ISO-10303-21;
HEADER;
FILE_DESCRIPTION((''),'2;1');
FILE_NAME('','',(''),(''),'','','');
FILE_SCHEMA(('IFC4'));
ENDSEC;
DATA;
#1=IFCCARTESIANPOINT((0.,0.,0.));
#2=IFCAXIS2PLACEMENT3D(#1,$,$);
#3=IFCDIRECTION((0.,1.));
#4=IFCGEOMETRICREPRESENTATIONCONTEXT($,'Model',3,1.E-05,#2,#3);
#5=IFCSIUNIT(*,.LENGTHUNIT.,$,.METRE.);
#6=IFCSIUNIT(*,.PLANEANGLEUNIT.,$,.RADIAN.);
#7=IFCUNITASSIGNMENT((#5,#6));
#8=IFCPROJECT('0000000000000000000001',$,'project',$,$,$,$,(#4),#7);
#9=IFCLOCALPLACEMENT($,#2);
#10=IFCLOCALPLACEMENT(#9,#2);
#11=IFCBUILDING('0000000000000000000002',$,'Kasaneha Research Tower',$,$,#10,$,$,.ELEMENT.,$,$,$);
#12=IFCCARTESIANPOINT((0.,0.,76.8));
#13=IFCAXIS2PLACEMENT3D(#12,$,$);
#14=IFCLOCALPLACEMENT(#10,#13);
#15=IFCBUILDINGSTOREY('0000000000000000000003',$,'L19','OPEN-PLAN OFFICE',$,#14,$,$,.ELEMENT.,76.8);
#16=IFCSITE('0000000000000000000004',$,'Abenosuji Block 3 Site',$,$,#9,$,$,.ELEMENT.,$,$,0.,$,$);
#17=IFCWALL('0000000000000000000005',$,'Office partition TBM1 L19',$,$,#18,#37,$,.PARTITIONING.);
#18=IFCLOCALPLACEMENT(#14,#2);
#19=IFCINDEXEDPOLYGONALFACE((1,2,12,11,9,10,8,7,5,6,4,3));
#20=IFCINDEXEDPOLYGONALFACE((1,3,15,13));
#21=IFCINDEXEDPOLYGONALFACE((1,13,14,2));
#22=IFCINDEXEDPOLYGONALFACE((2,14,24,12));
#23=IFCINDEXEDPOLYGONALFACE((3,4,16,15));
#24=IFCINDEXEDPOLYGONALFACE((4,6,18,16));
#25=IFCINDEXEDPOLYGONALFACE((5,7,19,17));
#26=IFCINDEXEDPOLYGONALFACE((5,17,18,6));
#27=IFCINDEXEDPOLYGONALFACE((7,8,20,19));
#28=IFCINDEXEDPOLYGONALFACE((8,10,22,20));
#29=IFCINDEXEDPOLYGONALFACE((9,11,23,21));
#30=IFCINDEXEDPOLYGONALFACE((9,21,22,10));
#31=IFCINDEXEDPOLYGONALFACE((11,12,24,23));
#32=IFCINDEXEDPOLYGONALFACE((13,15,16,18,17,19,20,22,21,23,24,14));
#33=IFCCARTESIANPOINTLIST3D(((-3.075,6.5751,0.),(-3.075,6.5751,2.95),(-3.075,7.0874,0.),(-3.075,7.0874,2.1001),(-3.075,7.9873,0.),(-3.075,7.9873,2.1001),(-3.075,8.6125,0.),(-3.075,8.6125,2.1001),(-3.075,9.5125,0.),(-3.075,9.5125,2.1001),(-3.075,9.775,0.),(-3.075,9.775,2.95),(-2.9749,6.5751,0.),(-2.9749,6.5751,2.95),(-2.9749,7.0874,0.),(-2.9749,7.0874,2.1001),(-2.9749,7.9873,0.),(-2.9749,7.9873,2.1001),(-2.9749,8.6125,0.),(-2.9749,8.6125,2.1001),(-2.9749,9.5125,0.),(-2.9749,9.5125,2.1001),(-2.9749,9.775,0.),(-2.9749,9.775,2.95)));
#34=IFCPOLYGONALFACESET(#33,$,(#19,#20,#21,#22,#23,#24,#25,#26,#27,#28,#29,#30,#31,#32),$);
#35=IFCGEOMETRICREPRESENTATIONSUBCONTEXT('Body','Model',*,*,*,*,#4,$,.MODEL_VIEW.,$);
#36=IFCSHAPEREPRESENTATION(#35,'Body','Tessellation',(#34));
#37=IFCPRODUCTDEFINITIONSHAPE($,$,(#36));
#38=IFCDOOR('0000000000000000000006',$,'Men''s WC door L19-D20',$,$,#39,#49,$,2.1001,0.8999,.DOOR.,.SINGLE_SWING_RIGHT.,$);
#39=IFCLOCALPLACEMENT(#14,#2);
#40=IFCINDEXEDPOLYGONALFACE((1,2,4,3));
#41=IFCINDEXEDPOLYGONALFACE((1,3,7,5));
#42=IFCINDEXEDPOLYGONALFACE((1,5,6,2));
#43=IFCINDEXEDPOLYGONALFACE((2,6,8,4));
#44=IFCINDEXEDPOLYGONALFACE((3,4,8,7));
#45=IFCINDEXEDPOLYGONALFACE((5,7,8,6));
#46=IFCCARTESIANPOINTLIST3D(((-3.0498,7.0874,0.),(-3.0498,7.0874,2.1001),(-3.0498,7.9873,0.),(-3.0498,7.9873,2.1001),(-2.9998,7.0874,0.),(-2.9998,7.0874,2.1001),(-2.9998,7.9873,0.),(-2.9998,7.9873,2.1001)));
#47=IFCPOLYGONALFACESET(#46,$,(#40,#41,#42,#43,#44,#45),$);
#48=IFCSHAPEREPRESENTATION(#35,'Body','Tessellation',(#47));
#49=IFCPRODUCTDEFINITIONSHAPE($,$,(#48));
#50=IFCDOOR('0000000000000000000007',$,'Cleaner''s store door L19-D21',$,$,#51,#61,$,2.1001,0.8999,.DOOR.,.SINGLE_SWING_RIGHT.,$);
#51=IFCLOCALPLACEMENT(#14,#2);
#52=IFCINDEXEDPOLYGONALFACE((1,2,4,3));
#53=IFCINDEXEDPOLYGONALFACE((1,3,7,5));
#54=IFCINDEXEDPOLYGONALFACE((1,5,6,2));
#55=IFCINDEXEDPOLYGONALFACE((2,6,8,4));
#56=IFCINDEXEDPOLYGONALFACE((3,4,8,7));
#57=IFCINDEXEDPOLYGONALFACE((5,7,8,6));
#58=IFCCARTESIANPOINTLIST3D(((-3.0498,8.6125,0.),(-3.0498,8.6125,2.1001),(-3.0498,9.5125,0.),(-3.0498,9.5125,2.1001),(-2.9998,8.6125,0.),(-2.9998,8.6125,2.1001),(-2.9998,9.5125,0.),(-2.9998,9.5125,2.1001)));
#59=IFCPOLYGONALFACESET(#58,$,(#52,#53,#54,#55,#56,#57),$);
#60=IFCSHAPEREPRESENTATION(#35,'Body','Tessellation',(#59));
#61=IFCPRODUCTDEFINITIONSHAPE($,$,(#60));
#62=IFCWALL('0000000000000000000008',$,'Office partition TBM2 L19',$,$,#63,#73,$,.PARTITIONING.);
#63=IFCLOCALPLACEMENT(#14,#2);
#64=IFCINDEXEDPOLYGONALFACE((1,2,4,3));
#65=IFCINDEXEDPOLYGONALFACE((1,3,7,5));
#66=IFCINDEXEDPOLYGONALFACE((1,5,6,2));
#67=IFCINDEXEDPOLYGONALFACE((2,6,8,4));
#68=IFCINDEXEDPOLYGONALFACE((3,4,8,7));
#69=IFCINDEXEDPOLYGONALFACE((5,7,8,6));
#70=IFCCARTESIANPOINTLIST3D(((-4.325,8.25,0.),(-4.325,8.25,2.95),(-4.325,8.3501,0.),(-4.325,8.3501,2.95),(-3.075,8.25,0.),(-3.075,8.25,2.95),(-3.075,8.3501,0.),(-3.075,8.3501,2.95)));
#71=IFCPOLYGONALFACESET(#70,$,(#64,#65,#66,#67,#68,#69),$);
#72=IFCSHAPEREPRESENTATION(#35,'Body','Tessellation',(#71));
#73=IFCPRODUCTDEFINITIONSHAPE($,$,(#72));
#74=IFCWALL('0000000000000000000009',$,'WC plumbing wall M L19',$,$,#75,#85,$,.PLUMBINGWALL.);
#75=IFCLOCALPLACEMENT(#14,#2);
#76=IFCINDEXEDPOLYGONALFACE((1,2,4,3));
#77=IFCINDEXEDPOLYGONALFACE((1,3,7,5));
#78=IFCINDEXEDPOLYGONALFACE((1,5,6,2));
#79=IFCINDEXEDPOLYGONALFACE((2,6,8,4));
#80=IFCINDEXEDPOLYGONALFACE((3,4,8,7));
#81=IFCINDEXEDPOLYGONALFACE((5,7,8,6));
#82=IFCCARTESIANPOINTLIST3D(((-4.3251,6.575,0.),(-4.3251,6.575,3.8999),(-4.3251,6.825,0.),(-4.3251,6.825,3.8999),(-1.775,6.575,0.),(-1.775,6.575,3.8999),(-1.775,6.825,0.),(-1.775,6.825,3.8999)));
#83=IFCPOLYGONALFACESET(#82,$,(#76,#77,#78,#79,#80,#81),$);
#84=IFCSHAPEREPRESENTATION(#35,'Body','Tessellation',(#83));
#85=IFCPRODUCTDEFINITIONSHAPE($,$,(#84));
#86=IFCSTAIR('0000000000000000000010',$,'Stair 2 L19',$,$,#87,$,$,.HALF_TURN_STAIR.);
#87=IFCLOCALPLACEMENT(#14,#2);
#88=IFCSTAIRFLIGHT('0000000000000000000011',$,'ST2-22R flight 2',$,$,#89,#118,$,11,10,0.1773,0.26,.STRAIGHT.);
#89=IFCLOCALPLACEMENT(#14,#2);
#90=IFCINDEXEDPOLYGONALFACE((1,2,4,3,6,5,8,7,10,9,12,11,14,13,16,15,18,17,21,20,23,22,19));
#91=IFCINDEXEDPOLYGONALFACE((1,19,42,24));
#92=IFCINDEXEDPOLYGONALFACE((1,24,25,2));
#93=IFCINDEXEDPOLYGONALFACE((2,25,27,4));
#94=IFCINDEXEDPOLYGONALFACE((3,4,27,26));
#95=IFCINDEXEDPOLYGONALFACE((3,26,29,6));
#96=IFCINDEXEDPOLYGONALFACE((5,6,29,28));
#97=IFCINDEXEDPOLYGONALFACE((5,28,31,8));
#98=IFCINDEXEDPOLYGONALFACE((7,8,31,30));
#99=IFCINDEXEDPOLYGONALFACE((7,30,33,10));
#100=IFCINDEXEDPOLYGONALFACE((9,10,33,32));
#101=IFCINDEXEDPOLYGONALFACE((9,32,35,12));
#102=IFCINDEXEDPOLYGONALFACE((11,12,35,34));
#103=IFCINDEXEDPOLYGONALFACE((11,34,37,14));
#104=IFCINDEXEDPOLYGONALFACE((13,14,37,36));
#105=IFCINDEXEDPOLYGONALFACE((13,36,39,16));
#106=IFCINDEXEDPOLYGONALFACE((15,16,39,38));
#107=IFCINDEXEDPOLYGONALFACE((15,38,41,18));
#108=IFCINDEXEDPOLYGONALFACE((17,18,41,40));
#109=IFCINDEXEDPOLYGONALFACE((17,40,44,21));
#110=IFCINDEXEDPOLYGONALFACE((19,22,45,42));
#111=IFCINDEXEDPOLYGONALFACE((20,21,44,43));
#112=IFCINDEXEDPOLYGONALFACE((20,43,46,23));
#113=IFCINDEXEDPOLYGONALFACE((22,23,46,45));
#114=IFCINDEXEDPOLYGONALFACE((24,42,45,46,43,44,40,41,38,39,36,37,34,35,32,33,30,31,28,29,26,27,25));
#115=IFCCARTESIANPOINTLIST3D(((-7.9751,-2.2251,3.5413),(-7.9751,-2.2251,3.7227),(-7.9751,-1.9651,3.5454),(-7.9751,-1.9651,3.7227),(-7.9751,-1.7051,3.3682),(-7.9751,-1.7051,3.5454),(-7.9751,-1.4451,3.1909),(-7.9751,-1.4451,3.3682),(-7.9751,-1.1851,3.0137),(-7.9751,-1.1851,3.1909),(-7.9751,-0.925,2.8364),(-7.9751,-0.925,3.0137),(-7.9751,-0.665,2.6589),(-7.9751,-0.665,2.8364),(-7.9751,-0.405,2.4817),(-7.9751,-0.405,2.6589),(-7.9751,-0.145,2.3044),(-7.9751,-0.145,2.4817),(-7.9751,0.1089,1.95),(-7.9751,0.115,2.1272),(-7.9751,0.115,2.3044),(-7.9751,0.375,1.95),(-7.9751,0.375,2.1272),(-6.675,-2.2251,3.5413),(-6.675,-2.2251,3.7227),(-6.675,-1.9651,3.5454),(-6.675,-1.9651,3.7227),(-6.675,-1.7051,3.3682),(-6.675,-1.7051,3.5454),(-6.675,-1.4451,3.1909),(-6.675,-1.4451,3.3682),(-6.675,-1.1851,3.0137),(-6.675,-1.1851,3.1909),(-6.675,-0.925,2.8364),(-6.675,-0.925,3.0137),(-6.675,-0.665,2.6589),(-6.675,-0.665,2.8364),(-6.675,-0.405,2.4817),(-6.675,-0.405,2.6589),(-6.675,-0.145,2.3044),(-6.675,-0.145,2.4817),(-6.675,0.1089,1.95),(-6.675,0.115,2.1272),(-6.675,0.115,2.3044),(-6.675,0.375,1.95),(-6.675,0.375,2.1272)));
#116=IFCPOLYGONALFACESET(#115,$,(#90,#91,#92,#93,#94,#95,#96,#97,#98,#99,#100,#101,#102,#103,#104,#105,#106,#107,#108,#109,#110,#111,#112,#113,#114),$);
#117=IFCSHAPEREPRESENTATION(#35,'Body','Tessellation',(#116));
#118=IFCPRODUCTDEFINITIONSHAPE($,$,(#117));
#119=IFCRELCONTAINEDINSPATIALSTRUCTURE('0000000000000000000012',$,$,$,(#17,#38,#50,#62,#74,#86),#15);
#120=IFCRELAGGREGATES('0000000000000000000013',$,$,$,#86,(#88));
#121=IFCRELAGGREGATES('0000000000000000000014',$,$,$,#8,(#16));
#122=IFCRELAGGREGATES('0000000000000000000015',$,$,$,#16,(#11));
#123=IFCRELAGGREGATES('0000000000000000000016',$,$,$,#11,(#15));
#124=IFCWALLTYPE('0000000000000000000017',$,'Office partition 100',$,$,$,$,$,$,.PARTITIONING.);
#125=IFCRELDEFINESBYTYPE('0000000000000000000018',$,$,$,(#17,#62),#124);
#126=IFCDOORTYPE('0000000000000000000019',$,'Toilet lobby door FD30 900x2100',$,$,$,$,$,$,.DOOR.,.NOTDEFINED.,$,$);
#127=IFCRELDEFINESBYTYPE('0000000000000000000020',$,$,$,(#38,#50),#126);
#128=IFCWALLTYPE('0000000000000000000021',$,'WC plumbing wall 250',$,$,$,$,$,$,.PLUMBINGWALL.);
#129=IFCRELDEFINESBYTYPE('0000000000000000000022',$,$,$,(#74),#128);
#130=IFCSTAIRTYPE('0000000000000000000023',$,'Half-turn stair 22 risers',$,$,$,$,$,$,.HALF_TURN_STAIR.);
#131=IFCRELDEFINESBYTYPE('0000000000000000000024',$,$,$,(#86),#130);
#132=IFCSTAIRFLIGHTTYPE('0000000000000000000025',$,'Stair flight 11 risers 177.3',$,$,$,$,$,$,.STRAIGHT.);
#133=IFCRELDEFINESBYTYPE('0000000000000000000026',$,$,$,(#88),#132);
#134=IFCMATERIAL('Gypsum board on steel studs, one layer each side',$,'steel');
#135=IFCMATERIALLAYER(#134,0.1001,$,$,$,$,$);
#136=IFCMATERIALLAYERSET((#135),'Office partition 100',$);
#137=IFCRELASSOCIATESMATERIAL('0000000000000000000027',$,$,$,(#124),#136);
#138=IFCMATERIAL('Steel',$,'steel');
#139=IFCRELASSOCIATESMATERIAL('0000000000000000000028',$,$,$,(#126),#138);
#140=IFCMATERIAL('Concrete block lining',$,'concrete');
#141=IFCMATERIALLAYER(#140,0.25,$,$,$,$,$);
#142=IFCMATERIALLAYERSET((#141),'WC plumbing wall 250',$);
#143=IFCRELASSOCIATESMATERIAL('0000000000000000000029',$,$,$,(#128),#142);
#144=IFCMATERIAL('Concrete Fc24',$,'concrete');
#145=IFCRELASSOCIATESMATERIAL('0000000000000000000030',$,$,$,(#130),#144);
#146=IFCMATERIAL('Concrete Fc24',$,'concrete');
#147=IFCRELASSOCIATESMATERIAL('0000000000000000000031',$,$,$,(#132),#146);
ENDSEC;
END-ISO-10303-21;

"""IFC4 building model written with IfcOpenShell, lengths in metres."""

from ifc_helpers import new_model, si_unit, direction, frame, frame_2d, origin, place, context, subcontext, project, spatial, polyline, rectangle, outline, extrude, material, layer, layer_set, type_object, element, fill, aggregate, save


model = new_model("IFC4")

# Units and contexts
model_context = context("Model", 3, precision=1e-05, world=origin(), true_north=direction((0.0, 1.0)))
body_context = subcontext(model_context, "Body", "Model", "MODEL_VIEW")
ifc_project = project(units=[si_unit("LENGTHUNIT", "METRE"), si_unit("PLANEANGLEUNIT", "RADIAN")], contexts=[model_context])

# Site, building, storey
site_placement = place(None, origin())
site = spatial("IfcSite", under=ifc_project, at=site_placement, Name="Abenosuji Block 3 Site", CompositionType="ELEMENT", RefElevation=0.0)
building_placement = place(site_placement, origin())
building = spatial("IfcBuilding", under=site, at=building_placement, Name="Kasaneha Research Tower", CompositionType="ELEMENT")
storey_placement = place(building_placement, frame((0.0, 0.0, 76.8)))
storey = spatial("IfcBuildingStorey", under=building, at=storey_placement, Name="L19", Description="OPEN-PLAN OFFICE", CompositionType="ELEMENT", Elevation=76.8)

# Wall, openings, doors
ifc_material_1 = material(Name="Gypsum board on steel studs, one layer each side", Category="steel")
ifc_layer_1 = layer(ifc_material_1, 0.1001)
ifc_layer_set_1 = layer_set([ifc_layer_1], Name="Office partition 100")
wall_type_1 = type_object("IfcWallType", Name="Office partition 100", PredefinedType="PARTITIONING", material=ifc_layer_set_1)
wall_1_placement = place(storey_placement, frame((-3.0249, 6.575, 0.0), z_axis=(0.0, 0.0, 1.0), x_axis=(0.0, 1.0, 0.0)))
wall_1 = element("IfcWall", 1, at=wall_1_placement, inside=storey, type_object=wall_type_1, Name="Office partition TBM1 L19", PredefinedType="PARTITIONING", context=body_context, shape_type="SweptSolid", body=[
    extrude(rectangle(XDim=3.2, YDim=0.1001, at=frame_2d((1.6001, 0.0))), origin(), (0.0, 0.0, 1.0), 2.95),
])
opening_1_placement = place(wall_1_placement, frame((0.5125, 0.0, 0.0)))
opening_1 = element("IfcOpeningElement", 2, at=opening_1_placement, cuts=wall_1, PredefinedType="OPENING", context=body_context, shape_type="SweptSolid", body=[
    extrude(rectangle(XDim=0.8999, YDim=2.1001, at=frame_2d((0.45, 1.05))), frame((0.0, 0.0601, 0.0), z_axis=(0.0, -1.0, 0.0), x_axis=(1.0, 0.0, 0.0)), (0.0, 0.0, 1.0), 0.1201),
])
opening_2_placement = place(wall_1_placement, frame((2.0376, 0.0, 0.0)))
opening_2 = element("IfcOpeningElement", 3, at=opening_2_placement, cuts=wall_1, PredefinedType="OPENING", context=body_context, shape_type="SweptSolid", body=[
    extrude(rectangle(XDim=0.8999, YDim=2.1001, at=frame_2d((0.45, 1.05))), frame((0.0, 0.0601, 0.0), z_axis=(0.0, -1.0, 0.0), x_axis=(1.0, 0.0, 0.0)), (0.0, 0.0, 1.0), 0.1201),
])
ifc_material_2 = material(Name="Steel", Category="steel")
door_type_1 = type_object("IfcDoorType", Name="Toilet lobby door FD30 900x2100", OperationType="NOTDEFINED", PredefinedType="DOOR", material=ifc_material_2)
door_1_placement = place(opening_1_placement, origin())
door_1 = element("IfcDoor", 4, at=door_1_placement, inside=storey, type_object=door_type_1, Name="Men's WC door L19-D20", OperationType="SINGLE_SWING_RIGHT", OverallHeight=2.1001, OverallWidth=0.8999, PredefinedType="DOOR", context=body_context, shape_type="SweptSolid", body=[
    extrude(rectangle(XDim=0.8999, YDim=2.1001, at=frame_2d((0.45, 1.05))), frame((0.0, 0.0249, 0.0), z_axis=(0.0, -1.0, 0.0), x_axis=(1.0, 0.0, 0.0)), (0.0, 0.0, 1.0), 0.05),
])
fill(opening_1, door_1)
door_2_placement = place(opening_2_placement, origin())
door_2 = element("IfcDoor", 5, at=door_2_placement, inside=storey, type_object=door_type_1, Name="Cleaner's store door L19-D21", OperationType="SINGLE_SWING_RIGHT", OverallHeight=2.1001, OverallWidth=0.8999, PredefinedType="DOOR", context=body_context, shape_type="SweptSolid", body=[
    extrude(rectangle(XDim=0.8999, YDim=2.1001, at=frame_2d((0.45, 1.05))), frame((0.0, 0.0249, 0.0), z_axis=(0.0, -1.0, 0.0), x_axis=(1.0, 0.0, 0.0)), (0.0, 0.0, 1.0), 0.05),
])
fill(opening_2, door_2)

# Walls
wall_2_placement = place(storey_placement, frame((-3.075, 8.3, 0.0), z_axis=(0.0, 0.0, 1.0), x_axis=(-1.0, 0.0, 0.0)))
element("IfcWall", 6, at=wall_2_placement, inside=storey, type_object=wall_type_1, Name="Office partition TBM2 L19", PredefinedType="PARTITIONING", context=body_context, shape_type="SweptSolid", body=[
    extrude(rectangle(XDim=1.25, YDim=0.1001, at=frame_2d((0.625, 0.0))), origin(), (0.0, 0.0, 1.0), 2.95),
])
ifc_material_3 = material(Name="Concrete block lining", Category="concrete")
ifc_layer_2 = layer(ifc_material_3, 0.25)
ifc_layer_set_2 = layer_set([ifc_layer_2], Name="WC plumbing wall 250")
wall_type_2 = type_object("IfcWallType", Name="WC plumbing wall 250", PredefinedType="PLUMBINGWALL", material=ifc_layer_set_2)
wall_3_placement = place(storey_placement, frame((-4.325, 6.7, 0.0), z_axis=(0.0, 0.0, 1.0), x_axis=(1.0, 0.0, 0.0)))
element("IfcWall", 7, at=wall_3_placement, inside=storey, type_object=wall_type_2, Name="WC plumbing wall M L19", PredefinedType="PLUMBINGWALL", context=body_context, shape_type="SweptSolid", body=[
    extrude(rectangle(XDim=2.55, YDim=0.25, at=frame_2d((1.2749, 0.0))), origin(), (0.0, 0.0, 1.0), 3.8999),
])

# Stair, stair flight
ifc_material_4 = material(Name="Concrete Fc24", Category="concrete")
stair_type = type_object("IfcStairType", Name="Half-turn stair 22 risers", PredefinedType="HALF_TURN_STAIR", material=ifc_material_4)
stair_placement = place(storey_placement, origin())
stair = element("IfcStair", 8, at=stair_placement, inside=storey, type_object=stair_type, Name="Stair 2 L19", PredefinedType="HALF_TURN_STAIR")
ifc_material_5 = material(Name="Concrete Fc24", Category="concrete")
stair_flight_type = type_object("IfcStairFlightType", Name="Stair flight 11 risers 177.3", PredefinedType="STRAIGHT", material=ifc_material_5)
stair_flight_placement = place(storey_placement, frame((-7.325, 0.375, 1.95), z_axis=(0.0, 0.0, 1.0), x_axis=(0.0, -1.0, 0.0)))
stair_flight = element("IfcStairFlight", 9, at=stair_flight_placement, type_object=stair_flight_type, Name="ST2-22R flight 2", NumberOfRisers=11, NumberOfTreads=10, PredefinedType="STRAIGHT", RiserHeight=0.1773, TreadLength=0.26, context=body_context, shape_type="SweptSolid", body=[
    extrude(outline(polyline([(0.0, 0.0), (0.0, 0.1772), (0.26, 0.1772), (0.26, 0.3545), (0.52, 0.3545), (0.52, 0.5317), (0.78, 0.5317), (0.78, 0.709), (1.04, 0.709), (1.04, 0.8865), (1.3, 0.8865), (1.3, 1.0637), (1.5601, 1.0637), (1.5601, 1.241), (1.8201, 1.241), (1.8201, 1.4182), (2.0801, 1.4182), (2.0801, 1.5955), (2.3401, 1.5955), (2.3401, 1.7727), (2.6001, 1.7727), (2.6001, 1.95), (2.6001, 1.5913), (0.2661, 0.0), (0.0, 0.0)])), frame((0.0, 0.6499, 0.0), z_axis=(0.0, -1.0, 0.0), x_axis=(1.0, 0.0, 0.0)), (0.0, 0.0, 1.0), 1.3),
])
aggregate(stair, [stair_flight])

save(model, "model.ifc")
